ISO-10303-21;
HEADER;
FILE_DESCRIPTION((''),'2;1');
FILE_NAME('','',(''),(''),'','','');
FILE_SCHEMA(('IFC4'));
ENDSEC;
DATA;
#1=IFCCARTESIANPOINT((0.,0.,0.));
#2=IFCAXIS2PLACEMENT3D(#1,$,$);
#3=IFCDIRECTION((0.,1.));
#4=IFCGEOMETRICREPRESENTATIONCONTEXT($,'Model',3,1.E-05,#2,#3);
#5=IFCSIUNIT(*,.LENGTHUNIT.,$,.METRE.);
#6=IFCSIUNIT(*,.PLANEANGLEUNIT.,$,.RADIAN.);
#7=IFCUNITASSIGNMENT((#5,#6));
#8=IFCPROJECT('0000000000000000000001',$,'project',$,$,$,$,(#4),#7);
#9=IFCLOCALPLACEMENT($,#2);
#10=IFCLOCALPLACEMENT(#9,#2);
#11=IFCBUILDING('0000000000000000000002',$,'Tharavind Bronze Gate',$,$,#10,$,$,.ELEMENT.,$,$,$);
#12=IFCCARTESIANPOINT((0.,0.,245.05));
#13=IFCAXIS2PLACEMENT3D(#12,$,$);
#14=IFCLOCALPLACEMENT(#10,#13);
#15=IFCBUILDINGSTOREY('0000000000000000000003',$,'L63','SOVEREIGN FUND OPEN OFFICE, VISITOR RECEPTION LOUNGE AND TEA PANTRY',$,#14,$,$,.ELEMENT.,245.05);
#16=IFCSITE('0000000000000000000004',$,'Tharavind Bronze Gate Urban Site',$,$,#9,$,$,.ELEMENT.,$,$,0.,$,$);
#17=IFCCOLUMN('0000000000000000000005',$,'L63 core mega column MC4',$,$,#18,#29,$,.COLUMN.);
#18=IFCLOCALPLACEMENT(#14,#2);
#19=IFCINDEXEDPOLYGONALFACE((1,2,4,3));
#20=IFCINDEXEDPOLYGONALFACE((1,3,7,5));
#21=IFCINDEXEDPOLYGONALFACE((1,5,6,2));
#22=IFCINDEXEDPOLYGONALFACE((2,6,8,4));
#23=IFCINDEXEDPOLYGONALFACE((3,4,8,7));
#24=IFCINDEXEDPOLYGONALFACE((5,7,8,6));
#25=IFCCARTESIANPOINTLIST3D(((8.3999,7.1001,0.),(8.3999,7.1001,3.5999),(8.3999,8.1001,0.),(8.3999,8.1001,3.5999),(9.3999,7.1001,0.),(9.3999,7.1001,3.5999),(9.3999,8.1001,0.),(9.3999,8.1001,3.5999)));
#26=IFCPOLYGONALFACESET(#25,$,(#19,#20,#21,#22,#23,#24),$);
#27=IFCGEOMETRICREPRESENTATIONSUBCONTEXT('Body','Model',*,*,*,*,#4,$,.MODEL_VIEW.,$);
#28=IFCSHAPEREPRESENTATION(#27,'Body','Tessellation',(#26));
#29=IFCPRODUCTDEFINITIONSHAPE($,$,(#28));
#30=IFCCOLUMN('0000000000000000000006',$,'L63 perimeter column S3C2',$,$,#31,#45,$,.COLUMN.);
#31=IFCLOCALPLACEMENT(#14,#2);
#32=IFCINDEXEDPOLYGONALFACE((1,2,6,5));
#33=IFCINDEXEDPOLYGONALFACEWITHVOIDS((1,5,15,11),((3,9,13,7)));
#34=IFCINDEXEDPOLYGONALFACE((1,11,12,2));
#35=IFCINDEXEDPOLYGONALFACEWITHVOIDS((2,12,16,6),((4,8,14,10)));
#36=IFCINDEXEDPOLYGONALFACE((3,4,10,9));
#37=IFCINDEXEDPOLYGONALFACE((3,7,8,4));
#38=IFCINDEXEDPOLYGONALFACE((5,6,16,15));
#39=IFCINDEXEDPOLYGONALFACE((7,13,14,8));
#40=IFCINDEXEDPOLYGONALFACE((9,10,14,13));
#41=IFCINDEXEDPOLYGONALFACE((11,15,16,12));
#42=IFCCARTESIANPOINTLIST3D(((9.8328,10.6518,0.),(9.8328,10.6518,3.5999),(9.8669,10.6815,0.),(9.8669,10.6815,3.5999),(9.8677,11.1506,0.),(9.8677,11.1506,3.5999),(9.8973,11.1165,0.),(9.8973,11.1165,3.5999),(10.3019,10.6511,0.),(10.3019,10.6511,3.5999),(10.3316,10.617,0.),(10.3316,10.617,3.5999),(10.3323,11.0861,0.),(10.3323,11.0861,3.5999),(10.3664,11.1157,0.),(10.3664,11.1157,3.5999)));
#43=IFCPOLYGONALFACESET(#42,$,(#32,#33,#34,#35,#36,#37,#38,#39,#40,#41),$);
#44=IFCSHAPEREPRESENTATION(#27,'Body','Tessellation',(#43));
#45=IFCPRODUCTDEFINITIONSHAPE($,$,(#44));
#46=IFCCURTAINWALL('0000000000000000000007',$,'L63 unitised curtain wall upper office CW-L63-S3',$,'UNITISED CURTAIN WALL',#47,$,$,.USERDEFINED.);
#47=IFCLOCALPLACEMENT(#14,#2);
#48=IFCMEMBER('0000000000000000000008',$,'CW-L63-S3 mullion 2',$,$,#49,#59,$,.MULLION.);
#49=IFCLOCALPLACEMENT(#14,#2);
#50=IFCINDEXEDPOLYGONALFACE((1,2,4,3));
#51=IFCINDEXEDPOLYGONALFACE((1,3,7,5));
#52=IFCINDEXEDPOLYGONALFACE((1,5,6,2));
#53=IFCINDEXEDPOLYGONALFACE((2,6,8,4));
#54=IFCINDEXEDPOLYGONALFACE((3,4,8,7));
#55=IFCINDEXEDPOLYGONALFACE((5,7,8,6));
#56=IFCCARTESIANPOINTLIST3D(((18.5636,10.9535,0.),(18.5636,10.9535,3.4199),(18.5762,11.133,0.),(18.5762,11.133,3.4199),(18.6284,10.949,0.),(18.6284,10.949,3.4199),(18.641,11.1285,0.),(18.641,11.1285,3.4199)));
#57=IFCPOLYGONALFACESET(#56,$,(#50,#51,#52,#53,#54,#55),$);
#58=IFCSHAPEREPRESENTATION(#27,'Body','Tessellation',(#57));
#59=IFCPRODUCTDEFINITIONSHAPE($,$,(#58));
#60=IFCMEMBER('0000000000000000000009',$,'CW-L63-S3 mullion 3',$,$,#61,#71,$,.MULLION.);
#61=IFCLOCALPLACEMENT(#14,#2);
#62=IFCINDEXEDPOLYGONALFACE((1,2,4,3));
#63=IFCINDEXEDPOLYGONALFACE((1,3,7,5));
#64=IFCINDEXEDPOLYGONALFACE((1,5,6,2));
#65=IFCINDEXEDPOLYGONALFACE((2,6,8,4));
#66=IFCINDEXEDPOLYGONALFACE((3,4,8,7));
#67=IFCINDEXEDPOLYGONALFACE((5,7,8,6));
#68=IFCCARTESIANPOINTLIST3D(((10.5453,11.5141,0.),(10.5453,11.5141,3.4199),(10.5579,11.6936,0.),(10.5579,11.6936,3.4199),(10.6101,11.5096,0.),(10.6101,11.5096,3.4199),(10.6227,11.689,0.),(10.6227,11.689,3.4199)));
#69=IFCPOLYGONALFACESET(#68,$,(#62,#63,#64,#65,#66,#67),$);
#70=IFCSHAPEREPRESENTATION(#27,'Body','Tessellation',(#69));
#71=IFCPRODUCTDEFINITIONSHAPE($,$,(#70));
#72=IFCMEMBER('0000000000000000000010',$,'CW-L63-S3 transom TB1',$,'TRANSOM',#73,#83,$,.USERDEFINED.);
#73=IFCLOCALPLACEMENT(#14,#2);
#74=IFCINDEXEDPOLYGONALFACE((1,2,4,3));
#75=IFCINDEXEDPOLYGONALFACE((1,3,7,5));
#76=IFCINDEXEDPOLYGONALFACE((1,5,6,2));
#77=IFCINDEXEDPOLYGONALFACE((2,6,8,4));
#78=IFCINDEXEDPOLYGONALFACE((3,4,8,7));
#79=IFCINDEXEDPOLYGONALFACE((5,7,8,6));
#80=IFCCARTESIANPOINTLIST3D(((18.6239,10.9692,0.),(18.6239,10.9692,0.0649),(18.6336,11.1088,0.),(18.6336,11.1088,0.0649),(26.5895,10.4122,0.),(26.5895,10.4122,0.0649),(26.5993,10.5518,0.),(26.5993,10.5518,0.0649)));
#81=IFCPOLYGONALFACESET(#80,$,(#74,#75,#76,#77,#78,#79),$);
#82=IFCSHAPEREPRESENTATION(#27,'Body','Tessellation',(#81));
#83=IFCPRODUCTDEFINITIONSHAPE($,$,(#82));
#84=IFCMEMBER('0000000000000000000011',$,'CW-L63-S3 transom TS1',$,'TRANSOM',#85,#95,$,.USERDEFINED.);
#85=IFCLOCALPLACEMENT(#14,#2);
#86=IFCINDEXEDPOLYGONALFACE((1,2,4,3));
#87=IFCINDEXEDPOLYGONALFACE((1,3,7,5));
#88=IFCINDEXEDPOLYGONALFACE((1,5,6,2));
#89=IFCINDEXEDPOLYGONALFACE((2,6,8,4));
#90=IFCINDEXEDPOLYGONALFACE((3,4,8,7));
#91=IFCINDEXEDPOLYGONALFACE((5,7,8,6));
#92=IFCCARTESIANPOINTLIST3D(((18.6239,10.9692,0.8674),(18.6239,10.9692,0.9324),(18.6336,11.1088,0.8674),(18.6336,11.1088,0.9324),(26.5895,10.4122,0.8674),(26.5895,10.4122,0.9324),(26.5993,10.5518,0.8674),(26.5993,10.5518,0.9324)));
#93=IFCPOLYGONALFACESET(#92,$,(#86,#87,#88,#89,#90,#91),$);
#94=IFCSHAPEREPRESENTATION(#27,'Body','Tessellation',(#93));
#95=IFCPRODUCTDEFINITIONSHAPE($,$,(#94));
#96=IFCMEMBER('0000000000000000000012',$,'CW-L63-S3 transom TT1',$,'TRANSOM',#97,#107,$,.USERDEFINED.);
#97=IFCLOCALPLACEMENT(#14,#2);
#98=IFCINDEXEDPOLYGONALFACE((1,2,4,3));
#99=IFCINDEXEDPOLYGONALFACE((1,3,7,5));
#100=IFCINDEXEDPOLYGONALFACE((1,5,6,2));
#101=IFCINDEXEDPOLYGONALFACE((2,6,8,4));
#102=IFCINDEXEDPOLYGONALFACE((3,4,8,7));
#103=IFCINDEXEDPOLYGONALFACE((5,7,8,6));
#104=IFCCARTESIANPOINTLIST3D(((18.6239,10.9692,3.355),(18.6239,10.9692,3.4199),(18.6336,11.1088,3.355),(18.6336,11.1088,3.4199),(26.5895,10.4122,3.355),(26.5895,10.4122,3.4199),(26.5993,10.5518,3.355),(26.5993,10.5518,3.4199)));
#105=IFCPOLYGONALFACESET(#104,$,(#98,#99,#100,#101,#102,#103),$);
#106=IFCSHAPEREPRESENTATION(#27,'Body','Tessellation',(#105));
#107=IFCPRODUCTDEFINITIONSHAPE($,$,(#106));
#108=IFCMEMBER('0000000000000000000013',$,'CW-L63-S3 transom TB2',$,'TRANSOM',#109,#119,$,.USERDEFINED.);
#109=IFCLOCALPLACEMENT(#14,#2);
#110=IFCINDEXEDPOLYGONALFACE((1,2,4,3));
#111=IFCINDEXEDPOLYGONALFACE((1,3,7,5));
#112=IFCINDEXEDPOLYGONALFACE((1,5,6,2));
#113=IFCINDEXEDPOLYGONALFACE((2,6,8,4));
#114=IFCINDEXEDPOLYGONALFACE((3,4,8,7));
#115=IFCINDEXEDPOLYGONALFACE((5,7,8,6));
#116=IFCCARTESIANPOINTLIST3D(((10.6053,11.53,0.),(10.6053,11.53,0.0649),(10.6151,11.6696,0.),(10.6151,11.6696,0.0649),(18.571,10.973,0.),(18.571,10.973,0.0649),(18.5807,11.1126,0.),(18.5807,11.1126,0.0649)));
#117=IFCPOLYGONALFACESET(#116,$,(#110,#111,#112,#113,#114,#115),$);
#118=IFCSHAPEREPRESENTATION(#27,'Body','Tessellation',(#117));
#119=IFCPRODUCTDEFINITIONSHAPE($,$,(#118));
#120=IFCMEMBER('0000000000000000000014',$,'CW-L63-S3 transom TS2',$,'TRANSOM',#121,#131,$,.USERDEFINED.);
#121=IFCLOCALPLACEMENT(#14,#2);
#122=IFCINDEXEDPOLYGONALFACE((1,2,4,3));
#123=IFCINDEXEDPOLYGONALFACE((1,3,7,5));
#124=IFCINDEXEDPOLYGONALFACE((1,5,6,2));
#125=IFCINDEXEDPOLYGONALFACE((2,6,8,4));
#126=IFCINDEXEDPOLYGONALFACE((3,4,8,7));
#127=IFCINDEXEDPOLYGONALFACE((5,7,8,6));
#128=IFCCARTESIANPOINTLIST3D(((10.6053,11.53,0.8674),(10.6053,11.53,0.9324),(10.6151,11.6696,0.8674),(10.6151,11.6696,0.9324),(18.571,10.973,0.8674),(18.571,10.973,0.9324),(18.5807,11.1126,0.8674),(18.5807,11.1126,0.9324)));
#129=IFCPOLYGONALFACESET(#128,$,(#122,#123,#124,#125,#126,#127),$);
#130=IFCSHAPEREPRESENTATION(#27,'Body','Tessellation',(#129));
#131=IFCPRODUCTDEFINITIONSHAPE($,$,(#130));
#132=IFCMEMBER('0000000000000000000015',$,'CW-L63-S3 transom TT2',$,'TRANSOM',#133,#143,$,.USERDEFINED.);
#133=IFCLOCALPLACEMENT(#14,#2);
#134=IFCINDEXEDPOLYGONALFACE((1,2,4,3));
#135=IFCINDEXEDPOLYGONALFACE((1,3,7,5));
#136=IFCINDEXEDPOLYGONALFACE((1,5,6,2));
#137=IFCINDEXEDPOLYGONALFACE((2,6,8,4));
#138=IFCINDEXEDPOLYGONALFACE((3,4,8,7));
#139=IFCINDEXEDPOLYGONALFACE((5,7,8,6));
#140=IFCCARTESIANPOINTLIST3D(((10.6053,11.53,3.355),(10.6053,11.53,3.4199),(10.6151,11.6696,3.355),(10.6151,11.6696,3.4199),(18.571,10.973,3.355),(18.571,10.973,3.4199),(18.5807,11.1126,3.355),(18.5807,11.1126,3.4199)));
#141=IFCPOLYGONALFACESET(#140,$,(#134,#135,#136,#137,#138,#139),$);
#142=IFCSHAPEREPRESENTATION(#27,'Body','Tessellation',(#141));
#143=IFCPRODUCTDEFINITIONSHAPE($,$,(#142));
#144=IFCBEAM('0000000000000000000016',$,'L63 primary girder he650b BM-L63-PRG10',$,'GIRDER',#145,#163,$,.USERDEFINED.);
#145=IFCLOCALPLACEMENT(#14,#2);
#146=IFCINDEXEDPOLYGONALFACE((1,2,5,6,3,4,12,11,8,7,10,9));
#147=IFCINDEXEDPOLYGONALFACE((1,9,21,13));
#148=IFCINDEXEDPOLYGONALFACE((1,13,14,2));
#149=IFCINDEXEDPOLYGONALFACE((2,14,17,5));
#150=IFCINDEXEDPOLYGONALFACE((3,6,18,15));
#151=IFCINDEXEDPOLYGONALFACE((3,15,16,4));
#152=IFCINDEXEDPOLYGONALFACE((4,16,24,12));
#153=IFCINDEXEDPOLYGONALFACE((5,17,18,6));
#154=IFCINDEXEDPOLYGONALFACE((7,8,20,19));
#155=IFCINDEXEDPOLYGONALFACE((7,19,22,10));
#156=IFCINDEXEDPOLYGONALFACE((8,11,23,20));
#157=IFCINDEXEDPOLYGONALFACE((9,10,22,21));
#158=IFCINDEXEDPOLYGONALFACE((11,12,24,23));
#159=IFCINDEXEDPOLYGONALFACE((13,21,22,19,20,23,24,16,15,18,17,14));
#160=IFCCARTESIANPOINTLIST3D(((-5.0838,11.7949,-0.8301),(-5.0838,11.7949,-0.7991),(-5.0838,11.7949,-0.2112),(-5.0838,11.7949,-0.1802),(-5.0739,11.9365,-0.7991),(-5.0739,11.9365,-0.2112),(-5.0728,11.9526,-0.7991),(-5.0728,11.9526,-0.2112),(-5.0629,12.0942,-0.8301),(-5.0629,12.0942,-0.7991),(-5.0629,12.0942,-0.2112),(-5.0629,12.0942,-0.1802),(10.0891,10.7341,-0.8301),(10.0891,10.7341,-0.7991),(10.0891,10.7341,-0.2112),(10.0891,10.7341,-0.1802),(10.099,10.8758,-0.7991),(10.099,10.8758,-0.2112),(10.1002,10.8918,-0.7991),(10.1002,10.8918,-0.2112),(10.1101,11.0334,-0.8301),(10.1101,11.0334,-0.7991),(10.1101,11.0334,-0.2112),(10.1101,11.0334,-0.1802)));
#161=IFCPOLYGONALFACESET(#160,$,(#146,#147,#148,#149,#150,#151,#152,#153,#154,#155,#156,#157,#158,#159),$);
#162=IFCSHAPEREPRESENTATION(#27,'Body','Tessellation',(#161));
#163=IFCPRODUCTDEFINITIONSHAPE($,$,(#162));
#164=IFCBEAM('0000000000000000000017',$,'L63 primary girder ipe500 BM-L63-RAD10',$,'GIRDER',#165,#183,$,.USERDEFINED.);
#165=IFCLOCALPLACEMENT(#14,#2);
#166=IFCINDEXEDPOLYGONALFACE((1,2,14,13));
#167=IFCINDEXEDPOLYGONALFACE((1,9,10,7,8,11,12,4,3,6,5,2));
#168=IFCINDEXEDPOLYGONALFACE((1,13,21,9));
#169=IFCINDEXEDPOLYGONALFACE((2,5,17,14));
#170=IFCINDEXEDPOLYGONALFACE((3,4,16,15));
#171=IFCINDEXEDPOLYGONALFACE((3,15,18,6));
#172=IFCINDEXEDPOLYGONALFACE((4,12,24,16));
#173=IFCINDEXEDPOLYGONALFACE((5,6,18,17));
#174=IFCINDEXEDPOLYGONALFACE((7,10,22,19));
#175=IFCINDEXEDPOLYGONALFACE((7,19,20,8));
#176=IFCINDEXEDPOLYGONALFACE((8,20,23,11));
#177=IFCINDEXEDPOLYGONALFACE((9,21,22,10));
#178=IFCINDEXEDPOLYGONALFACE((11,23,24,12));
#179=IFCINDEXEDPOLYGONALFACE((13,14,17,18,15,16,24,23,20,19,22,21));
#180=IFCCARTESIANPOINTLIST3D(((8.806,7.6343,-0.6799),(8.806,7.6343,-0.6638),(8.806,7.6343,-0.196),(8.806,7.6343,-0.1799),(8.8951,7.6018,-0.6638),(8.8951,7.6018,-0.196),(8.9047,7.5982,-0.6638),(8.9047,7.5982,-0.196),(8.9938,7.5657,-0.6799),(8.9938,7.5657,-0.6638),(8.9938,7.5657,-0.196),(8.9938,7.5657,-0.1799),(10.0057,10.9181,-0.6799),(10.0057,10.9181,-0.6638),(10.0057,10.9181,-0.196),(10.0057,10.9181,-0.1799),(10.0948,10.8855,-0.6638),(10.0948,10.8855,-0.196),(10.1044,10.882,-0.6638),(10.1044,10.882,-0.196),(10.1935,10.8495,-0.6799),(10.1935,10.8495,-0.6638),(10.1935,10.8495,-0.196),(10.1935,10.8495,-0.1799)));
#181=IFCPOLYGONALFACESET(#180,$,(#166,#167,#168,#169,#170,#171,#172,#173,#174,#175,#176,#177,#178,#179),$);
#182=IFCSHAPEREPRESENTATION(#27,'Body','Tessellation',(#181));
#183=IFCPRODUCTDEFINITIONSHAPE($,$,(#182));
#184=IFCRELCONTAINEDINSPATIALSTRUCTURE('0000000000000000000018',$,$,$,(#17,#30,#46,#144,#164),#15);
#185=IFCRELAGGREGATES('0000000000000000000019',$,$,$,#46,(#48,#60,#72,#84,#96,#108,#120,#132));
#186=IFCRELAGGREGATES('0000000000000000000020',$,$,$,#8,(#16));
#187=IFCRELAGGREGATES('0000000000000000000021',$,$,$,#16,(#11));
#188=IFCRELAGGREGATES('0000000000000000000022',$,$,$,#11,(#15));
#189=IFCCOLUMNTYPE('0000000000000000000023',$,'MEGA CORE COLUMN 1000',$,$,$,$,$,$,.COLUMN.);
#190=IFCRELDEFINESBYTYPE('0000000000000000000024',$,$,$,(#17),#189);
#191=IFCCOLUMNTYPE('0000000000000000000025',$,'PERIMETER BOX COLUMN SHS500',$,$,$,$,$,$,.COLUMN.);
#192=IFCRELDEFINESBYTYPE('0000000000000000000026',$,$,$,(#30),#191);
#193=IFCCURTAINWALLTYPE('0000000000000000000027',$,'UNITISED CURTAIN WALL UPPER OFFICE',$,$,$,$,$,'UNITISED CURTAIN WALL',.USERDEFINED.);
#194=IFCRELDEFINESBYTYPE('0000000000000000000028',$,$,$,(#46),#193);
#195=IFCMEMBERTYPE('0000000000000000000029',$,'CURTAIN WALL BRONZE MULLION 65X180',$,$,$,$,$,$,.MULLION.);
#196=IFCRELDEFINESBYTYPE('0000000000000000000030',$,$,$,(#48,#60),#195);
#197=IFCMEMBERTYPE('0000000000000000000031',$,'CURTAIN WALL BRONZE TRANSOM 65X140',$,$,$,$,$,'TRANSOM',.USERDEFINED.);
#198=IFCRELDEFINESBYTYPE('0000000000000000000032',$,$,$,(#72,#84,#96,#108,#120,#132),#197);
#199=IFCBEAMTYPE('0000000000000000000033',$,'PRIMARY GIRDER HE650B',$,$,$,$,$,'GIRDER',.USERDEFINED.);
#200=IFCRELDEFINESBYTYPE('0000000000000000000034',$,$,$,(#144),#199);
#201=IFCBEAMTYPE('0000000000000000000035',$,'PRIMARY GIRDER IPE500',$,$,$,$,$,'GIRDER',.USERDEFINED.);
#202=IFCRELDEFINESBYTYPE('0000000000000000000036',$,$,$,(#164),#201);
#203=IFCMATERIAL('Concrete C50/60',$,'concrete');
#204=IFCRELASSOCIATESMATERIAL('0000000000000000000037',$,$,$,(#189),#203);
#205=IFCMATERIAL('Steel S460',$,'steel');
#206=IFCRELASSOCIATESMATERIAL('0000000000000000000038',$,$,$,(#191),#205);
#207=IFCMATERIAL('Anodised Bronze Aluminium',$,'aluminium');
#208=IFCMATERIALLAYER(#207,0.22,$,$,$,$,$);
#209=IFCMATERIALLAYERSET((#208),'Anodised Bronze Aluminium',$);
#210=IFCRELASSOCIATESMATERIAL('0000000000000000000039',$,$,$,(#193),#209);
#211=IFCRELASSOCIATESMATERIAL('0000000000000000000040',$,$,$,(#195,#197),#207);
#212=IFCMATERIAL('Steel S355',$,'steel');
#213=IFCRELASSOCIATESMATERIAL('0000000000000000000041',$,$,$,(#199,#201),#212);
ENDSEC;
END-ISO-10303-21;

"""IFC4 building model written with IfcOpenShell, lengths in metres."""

from ifc_helpers import new_model, si_unit, direction, frame, origin, origin_2d, place, context, subcontext, project, spatial, rectangle, hollow_rectangle, i_section, extrude, material, layer, layer_set, material_profile, profile_set, type_object, element, aggregate, save


model = new_model("IFC4")

# Units and contexts
model_context = context("Model", 3, precision=1e-05, world=origin(), true_north=direction((0.0, 1.0)))
body_context = subcontext(model_context, "Body", "Model", "MODEL_VIEW")
ifc_project = project(units=[si_unit("LENGTHUNIT", "METRE"), si_unit("PLANEANGLEUNIT", "RADIAN")], contexts=[model_context])

# Site, building, storey
site_placement = place(None, origin())
site = spatial("IfcSite", under=ifc_project, at=site_placement, Name="Tharavind Bronze Gate Urban Site", CompositionType="ELEMENT", RefElevation=0.0)
building_placement = place(site_placement, origin())
building = spatial("IfcBuilding", under=site, at=building_placement, Name="Tharavind Bronze Gate", CompositionType="ELEMENT")
storey_placement = place(building_placement, frame((0.0, 0.0, 245.05)))
storey = spatial("IfcBuildingStorey", under=building, at=storey_placement, Name="L63", Description="SOVEREIGN FUND OPEN OFFICE, VISITOR RECEPTION LOUNGE AND TEA PANTRY", CompositionType="ELEMENT", Elevation=245.05)

# Columns
ifc_material_1 = material(Name="Concrete C50/60", Category="concrete")
ifc_material_profile_1 = material_profile(ifc_material_1, rectangle(XDim=1.0, YDim=1.0, at=origin_2d()), Name="RCCOL1000")
ifc_profile_set_1 = profile_set([ifc_material_profile_1], Name="Concrete C50/60")
column_type_1 = type_object("IfcColumnType", Name="MEGA CORE COLUMN 1000", PredefinedType="COLUMN", material=ifc_profile_set_1)
column_1_placement = place(storey_placement, frame((8.8999, 7.6001, 0.0), z_axis=(0.0, 0.0, 1.0), x_axis=(1.0, 0.0, 0.0)))
element("IfcColumn", 1, at=column_1_placement, inside=storey, type_object=column_type_1, Name="L63 core mega column MC4", PredefinedType="COLUMN", context=body_context, shape_type="SweptSolid", body=[
    extrude(rectangle(XDim=1.0, YDim=1.0, at=origin_2d()), origin(), (0.0, 0.0, 1.0), 3.5999),
])
ifc_material_2 = material(Name="Steel S460", Category="steel")
ifc_material_profile_2 = material_profile(ifc_material_2, hollow_rectangle(XDim=0.5, YDim=0.5, WallThickness=0.032, at=origin_2d()), Name="SHS500X32")
ifc_profile_set_2 = profile_set([ifc_material_profile_2], Name="Steel S460")
column_type_2 = type_object("IfcColumnType", Name="PERIMETER BOX COLUMN SHS500", PredefinedType="COLUMN", material=ifc_profile_set_2)
column_2_placement = place(storey_placement, frame((10.0996, 10.8838, 0.0), z_axis=(0.0, 0.0, 1.0), x_axis=(-0.997564, 0.069756, 0.0)))
element("IfcColumn", 2, at=column_2_placement, inside=storey, type_object=column_type_2, Name="L63 perimeter column S3C2", PredefinedType="COLUMN", context=body_context, shape_type="SweptSolid", body=[
    extrude(hollow_rectangle(XDim=0.5, YDim=0.5, WallThickness=0.032, at=origin_2d()), origin(), (0.0, 0.0, 1.0), 3.5999),
])

# Curtain wall, members
ifc_material_3 = material(Name="Anodised Bronze Aluminium", Category="aluminium")
ifc_layer_1 = layer(ifc_material_3, 0.22)
ifc_layer_set_1 = layer_set([ifc_layer_1], Name="Anodised Bronze Aluminium")
curtain_wall_type = type_object("IfcCurtainWallType", Name="UNITISED CURTAIN WALL UPPER OFFICE", ElementType="UNITISED CURTAIN WALL", PredefinedType="USERDEFINED", material=ifc_layer_set_1)
curtain_wall_placement = place(storey_placement, origin())
curtain_wall = element("IfcCurtainWall", 3, at=curtain_wall_placement, inside=storey, type_object=curtain_wall_type, Name="L63 unitised curtain wall upper office CW-L63-S3", ObjectType="UNITISED CURTAIN WALL", PredefinedType="USERDEFINED")
member_type_1 = type_object("IfcMemberType", Name="CURTAIN WALL BRONZE MULLION 65X180", PredefinedType="MULLION", material=ifc_material_3)
member_1_placement = place(storey_placement, frame((18.6023, 11.041, 0.0), z_axis=(0.0, 0.0, 1.0), x_axis=(-0.997564, 0.069758, 0.0)))
member_1 = element("IfcMember", 4, at=member_1_placement, type_object=member_type_1, Name="CW-L63-S3 mullion 2", PredefinedType="MULLION", context=body_context, shape_type="SweptSolid", body=[
    extrude(rectangle(XDim=0.0649, YDim=0.1799, at=origin_2d()), origin(), (0.0, 0.0, 1.0), 3.4199),
])
member_2_placement = place(storey_placement, frame((10.584, 11.6016, 0.0), z_axis=(0.0, 0.0, 1.0), x_axis=(-0.997564, 0.069758, 0.0)))
member_2 = element("IfcMember", 5, at=member_2_placement, type_object=member_type_1, Name="CW-L63-S3 mullion 3", PredefinedType="MULLION", context=body_context, shape_type="SweptSolid", body=[
    extrude(rectangle(XDim=0.0649, YDim=0.1799, at=origin_2d()), origin(), (0.0, 0.0, 1.0), 3.4199),
])
member_type_2 = type_object("IfcMemberType", Name="CURTAIN WALL BRONZE TRANSOM 65X140", ElementType="TRANSOM", PredefinedType="USERDEFINED", material=ifc_material_3)
member_3_placement = place(storey_placement, frame((22.6116, 10.7605, 0.0), z_axis=(0.0, 0.0, 1.0), x_axis=(-0.997564, 0.069758, 0.0)))
member_3 = element("IfcMember", 6, at=member_3_placement, type_object=member_type_2, Name="CW-L63-S3 transom TB1", ObjectType="TRANSOM", PredefinedType="USERDEFINED", context=body_context, shape_type="SweptSolid", body=[
    extrude(rectangle(XDim=7.9851, YDim=0.1399, at=origin_2d()), origin(), (0.0, 0.0, 1.0), 0.0649),
])
member_4_placement = place(storey_placement, frame((22.6116, 10.7605, 0.8674), z_axis=(0.0, 0.0, 1.0), x_axis=(-0.997564, 0.069758, 0.0)))
member_4 = element("IfcMember", 7, at=member_4_placement, type_object=member_type_2, Name="CW-L63-S3 transom TS1", ObjectType="TRANSOM", PredefinedType="USERDEFINED", context=body_context, shape_type="SweptSolid", body=[
    extrude(rectangle(XDim=7.9851, YDim=0.1399, at=origin_2d()), origin(), (0.0, 0.0, 1.0), 0.0649),
])
member_5_placement = place(storey_placement, frame((22.6116, 10.7605, 3.355), z_axis=(0.0, 0.0, 1.0), x_axis=(-0.997564, 0.069758, 0.0)))
member_5 = element("IfcMember", 8, at=member_5_placement, type_object=member_type_2, Name="CW-L63-S3 transom TT1", ObjectType="TRANSOM", PredefinedType="USERDEFINED", context=body_context, shape_type="SweptSolid", body=[
    extrude(rectangle(XDim=7.9851, YDim=0.1399, at=origin_2d()), origin(), (0.0, 0.0, 1.0), 0.0649),
])
member_6_placement = place(storey_placement, frame((14.593, 11.3213, 0.0), z_axis=(0.0, 0.0, 1.0), x_axis=(-0.997564, 0.069758, 0.0)))
member_6 = element("IfcMember", 9, at=member_6_placement, type_object=member_type_2, Name="CW-L63-S3 transom TB2", ObjectType="TRANSOM", PredefinedType="USERDEFINED", context=body_context, shape_type="SweptSolid", body=[
    extrude(rectangle(XDim=7.9851, YDim=0.1399, at=origin_2d()), origin(), (0.0, 0.0, 1.0), 0.0649),
])
member_7_placement = place(storey_placement, frame((14.593, 11.3213, 0.8674), z_axis=(0.0, 0.0, 1.0), x_axis=(-0.997564, 0.069758, 0.0)))
member_7 = element("IfcMember", 10, at=member_7_placement, type_object=member_type_2, Name="CW-L63-S3 transom TS2", ObjectType="TRANSOM", PredefinedType="USERDEFINED", context=body_context, shape_type="SweptSolid", body=[
    extrude(rectangle(XDim=7.9851, YDim=0.1399, at=origin_2d()), origin(), (0.0, 0.0, 1.0), 0.0649),
])
member_8_placement = place(storey_placement, frame((14.593, 11.3213, 3.355), z_axis=(0.0, 0.0, 1.0), x_axis=(-0.997564, 0.069758, 0.0)))
member_8 = element("IfcMember", 11, at=member_8_placement, type_object=member_type_2, Name="CW-L63-S3 transom TT2", ObjectType="TRANSOM", PredefinedType="USERDEFINED", context=body_context, shape_type="SweptSolid", body=[
    extrude(rectangle(XDim=7.9851, YDim=0.1399, at=origin_2d()), origin(), (0.0, 0.0, 1.0), 0.0649),
])

# Beams
ifc_material_4 = material(Name="Steel S355", Category="steel")
ifc_material_profile_3 = material_profile(ifc_material_4, i_section(OverallWidth=0.3, OverallDepth=0.6499, WebThickness=0.0161, FlangeThickness=0.031, at=origin_2d()), Name="HE650B")
ifc_profile_set_3 = profile_set([ifc_material_profile_3], Name="Steel S355")
beam_type_1 = type_object("IfcBeamType", Name="PRIMARY GIRDER HE650B", ElementType="GIRDER", PredefinedType="USERDEFINED", material=ifc_profile_set_3)
beam_1_placement = place(storey_placement, frame((10.0996, 10.8838, -0.5051), z_axis=(-0.997565, 0.069744, 0.0), x_axis=(-0.069744, -0.997565, 0.0)))
element("IfcBeam", 12, at=beam_1_placement, inside=storey, type_object=beam_type_1, Name="L63 primary girder he650b BM-L63-PRG10", ObjectType="GIRDER", PredefinedType="USERDEFINED", context=body_context, shape_type="SweptSolid", body=[
    extrude(i_section(OverallWidth=0.3, OverallDepth=0.6499, WebThickness=0.0161, FlangeThickness=0.031, at=origin_2d()), origin(), (0.0, 0.0, 1.0), 15.21),
])
ifc_material_profile_4 = material_profile(ifc_material_4, i_section(OverallWidth=0.2, OverallDepth=0.5, WebThickness=0.0103, FlangeThickness=0.0161, at=origin_2d()), Name="IPE500")
ifc_profile_set_4 = profile_set([ifc_material_profile_4], Name="Steel S355")
beam_type_2 = type_object("IfcBeamType", Name="PRIMARY GIRDER IPE500", ElementType="GIRDER", PredefinedType="USERDEFINED", material=ifc_profile_set_4)
beam_2_placement = place(storey_placement, frame((10.0996, 10.8838, -0.4299), z_axis=(-0.343167, -0.939274, 0.0), x_axis=(0.939274, -0.343167, 0.0)))
element("IfcBeam", 13, at=beam_2_placement, inside=storey, type_object=beam_type_2, Name="L63 primary girder ipe500 BM-L63-RAD10", ObjectType="GIRDER", PredefinedType="USERDEFINED", context=body_context, shape_type="SweptSolid", body=[
    extrude(i_section(OverallWidth=0.2, OverallDepth=0.5, WebThickness=0.0103, FlangeThickness=0.0161, at=origin_2d()), origin(), (0.0, 0.0, 1.0), 3.4961),
])

aggregate(curtain_wall, [member_1, member_2, member_3, member_4, member_5, member_6, member_7, member_8])

save(model, "model.ifc")
